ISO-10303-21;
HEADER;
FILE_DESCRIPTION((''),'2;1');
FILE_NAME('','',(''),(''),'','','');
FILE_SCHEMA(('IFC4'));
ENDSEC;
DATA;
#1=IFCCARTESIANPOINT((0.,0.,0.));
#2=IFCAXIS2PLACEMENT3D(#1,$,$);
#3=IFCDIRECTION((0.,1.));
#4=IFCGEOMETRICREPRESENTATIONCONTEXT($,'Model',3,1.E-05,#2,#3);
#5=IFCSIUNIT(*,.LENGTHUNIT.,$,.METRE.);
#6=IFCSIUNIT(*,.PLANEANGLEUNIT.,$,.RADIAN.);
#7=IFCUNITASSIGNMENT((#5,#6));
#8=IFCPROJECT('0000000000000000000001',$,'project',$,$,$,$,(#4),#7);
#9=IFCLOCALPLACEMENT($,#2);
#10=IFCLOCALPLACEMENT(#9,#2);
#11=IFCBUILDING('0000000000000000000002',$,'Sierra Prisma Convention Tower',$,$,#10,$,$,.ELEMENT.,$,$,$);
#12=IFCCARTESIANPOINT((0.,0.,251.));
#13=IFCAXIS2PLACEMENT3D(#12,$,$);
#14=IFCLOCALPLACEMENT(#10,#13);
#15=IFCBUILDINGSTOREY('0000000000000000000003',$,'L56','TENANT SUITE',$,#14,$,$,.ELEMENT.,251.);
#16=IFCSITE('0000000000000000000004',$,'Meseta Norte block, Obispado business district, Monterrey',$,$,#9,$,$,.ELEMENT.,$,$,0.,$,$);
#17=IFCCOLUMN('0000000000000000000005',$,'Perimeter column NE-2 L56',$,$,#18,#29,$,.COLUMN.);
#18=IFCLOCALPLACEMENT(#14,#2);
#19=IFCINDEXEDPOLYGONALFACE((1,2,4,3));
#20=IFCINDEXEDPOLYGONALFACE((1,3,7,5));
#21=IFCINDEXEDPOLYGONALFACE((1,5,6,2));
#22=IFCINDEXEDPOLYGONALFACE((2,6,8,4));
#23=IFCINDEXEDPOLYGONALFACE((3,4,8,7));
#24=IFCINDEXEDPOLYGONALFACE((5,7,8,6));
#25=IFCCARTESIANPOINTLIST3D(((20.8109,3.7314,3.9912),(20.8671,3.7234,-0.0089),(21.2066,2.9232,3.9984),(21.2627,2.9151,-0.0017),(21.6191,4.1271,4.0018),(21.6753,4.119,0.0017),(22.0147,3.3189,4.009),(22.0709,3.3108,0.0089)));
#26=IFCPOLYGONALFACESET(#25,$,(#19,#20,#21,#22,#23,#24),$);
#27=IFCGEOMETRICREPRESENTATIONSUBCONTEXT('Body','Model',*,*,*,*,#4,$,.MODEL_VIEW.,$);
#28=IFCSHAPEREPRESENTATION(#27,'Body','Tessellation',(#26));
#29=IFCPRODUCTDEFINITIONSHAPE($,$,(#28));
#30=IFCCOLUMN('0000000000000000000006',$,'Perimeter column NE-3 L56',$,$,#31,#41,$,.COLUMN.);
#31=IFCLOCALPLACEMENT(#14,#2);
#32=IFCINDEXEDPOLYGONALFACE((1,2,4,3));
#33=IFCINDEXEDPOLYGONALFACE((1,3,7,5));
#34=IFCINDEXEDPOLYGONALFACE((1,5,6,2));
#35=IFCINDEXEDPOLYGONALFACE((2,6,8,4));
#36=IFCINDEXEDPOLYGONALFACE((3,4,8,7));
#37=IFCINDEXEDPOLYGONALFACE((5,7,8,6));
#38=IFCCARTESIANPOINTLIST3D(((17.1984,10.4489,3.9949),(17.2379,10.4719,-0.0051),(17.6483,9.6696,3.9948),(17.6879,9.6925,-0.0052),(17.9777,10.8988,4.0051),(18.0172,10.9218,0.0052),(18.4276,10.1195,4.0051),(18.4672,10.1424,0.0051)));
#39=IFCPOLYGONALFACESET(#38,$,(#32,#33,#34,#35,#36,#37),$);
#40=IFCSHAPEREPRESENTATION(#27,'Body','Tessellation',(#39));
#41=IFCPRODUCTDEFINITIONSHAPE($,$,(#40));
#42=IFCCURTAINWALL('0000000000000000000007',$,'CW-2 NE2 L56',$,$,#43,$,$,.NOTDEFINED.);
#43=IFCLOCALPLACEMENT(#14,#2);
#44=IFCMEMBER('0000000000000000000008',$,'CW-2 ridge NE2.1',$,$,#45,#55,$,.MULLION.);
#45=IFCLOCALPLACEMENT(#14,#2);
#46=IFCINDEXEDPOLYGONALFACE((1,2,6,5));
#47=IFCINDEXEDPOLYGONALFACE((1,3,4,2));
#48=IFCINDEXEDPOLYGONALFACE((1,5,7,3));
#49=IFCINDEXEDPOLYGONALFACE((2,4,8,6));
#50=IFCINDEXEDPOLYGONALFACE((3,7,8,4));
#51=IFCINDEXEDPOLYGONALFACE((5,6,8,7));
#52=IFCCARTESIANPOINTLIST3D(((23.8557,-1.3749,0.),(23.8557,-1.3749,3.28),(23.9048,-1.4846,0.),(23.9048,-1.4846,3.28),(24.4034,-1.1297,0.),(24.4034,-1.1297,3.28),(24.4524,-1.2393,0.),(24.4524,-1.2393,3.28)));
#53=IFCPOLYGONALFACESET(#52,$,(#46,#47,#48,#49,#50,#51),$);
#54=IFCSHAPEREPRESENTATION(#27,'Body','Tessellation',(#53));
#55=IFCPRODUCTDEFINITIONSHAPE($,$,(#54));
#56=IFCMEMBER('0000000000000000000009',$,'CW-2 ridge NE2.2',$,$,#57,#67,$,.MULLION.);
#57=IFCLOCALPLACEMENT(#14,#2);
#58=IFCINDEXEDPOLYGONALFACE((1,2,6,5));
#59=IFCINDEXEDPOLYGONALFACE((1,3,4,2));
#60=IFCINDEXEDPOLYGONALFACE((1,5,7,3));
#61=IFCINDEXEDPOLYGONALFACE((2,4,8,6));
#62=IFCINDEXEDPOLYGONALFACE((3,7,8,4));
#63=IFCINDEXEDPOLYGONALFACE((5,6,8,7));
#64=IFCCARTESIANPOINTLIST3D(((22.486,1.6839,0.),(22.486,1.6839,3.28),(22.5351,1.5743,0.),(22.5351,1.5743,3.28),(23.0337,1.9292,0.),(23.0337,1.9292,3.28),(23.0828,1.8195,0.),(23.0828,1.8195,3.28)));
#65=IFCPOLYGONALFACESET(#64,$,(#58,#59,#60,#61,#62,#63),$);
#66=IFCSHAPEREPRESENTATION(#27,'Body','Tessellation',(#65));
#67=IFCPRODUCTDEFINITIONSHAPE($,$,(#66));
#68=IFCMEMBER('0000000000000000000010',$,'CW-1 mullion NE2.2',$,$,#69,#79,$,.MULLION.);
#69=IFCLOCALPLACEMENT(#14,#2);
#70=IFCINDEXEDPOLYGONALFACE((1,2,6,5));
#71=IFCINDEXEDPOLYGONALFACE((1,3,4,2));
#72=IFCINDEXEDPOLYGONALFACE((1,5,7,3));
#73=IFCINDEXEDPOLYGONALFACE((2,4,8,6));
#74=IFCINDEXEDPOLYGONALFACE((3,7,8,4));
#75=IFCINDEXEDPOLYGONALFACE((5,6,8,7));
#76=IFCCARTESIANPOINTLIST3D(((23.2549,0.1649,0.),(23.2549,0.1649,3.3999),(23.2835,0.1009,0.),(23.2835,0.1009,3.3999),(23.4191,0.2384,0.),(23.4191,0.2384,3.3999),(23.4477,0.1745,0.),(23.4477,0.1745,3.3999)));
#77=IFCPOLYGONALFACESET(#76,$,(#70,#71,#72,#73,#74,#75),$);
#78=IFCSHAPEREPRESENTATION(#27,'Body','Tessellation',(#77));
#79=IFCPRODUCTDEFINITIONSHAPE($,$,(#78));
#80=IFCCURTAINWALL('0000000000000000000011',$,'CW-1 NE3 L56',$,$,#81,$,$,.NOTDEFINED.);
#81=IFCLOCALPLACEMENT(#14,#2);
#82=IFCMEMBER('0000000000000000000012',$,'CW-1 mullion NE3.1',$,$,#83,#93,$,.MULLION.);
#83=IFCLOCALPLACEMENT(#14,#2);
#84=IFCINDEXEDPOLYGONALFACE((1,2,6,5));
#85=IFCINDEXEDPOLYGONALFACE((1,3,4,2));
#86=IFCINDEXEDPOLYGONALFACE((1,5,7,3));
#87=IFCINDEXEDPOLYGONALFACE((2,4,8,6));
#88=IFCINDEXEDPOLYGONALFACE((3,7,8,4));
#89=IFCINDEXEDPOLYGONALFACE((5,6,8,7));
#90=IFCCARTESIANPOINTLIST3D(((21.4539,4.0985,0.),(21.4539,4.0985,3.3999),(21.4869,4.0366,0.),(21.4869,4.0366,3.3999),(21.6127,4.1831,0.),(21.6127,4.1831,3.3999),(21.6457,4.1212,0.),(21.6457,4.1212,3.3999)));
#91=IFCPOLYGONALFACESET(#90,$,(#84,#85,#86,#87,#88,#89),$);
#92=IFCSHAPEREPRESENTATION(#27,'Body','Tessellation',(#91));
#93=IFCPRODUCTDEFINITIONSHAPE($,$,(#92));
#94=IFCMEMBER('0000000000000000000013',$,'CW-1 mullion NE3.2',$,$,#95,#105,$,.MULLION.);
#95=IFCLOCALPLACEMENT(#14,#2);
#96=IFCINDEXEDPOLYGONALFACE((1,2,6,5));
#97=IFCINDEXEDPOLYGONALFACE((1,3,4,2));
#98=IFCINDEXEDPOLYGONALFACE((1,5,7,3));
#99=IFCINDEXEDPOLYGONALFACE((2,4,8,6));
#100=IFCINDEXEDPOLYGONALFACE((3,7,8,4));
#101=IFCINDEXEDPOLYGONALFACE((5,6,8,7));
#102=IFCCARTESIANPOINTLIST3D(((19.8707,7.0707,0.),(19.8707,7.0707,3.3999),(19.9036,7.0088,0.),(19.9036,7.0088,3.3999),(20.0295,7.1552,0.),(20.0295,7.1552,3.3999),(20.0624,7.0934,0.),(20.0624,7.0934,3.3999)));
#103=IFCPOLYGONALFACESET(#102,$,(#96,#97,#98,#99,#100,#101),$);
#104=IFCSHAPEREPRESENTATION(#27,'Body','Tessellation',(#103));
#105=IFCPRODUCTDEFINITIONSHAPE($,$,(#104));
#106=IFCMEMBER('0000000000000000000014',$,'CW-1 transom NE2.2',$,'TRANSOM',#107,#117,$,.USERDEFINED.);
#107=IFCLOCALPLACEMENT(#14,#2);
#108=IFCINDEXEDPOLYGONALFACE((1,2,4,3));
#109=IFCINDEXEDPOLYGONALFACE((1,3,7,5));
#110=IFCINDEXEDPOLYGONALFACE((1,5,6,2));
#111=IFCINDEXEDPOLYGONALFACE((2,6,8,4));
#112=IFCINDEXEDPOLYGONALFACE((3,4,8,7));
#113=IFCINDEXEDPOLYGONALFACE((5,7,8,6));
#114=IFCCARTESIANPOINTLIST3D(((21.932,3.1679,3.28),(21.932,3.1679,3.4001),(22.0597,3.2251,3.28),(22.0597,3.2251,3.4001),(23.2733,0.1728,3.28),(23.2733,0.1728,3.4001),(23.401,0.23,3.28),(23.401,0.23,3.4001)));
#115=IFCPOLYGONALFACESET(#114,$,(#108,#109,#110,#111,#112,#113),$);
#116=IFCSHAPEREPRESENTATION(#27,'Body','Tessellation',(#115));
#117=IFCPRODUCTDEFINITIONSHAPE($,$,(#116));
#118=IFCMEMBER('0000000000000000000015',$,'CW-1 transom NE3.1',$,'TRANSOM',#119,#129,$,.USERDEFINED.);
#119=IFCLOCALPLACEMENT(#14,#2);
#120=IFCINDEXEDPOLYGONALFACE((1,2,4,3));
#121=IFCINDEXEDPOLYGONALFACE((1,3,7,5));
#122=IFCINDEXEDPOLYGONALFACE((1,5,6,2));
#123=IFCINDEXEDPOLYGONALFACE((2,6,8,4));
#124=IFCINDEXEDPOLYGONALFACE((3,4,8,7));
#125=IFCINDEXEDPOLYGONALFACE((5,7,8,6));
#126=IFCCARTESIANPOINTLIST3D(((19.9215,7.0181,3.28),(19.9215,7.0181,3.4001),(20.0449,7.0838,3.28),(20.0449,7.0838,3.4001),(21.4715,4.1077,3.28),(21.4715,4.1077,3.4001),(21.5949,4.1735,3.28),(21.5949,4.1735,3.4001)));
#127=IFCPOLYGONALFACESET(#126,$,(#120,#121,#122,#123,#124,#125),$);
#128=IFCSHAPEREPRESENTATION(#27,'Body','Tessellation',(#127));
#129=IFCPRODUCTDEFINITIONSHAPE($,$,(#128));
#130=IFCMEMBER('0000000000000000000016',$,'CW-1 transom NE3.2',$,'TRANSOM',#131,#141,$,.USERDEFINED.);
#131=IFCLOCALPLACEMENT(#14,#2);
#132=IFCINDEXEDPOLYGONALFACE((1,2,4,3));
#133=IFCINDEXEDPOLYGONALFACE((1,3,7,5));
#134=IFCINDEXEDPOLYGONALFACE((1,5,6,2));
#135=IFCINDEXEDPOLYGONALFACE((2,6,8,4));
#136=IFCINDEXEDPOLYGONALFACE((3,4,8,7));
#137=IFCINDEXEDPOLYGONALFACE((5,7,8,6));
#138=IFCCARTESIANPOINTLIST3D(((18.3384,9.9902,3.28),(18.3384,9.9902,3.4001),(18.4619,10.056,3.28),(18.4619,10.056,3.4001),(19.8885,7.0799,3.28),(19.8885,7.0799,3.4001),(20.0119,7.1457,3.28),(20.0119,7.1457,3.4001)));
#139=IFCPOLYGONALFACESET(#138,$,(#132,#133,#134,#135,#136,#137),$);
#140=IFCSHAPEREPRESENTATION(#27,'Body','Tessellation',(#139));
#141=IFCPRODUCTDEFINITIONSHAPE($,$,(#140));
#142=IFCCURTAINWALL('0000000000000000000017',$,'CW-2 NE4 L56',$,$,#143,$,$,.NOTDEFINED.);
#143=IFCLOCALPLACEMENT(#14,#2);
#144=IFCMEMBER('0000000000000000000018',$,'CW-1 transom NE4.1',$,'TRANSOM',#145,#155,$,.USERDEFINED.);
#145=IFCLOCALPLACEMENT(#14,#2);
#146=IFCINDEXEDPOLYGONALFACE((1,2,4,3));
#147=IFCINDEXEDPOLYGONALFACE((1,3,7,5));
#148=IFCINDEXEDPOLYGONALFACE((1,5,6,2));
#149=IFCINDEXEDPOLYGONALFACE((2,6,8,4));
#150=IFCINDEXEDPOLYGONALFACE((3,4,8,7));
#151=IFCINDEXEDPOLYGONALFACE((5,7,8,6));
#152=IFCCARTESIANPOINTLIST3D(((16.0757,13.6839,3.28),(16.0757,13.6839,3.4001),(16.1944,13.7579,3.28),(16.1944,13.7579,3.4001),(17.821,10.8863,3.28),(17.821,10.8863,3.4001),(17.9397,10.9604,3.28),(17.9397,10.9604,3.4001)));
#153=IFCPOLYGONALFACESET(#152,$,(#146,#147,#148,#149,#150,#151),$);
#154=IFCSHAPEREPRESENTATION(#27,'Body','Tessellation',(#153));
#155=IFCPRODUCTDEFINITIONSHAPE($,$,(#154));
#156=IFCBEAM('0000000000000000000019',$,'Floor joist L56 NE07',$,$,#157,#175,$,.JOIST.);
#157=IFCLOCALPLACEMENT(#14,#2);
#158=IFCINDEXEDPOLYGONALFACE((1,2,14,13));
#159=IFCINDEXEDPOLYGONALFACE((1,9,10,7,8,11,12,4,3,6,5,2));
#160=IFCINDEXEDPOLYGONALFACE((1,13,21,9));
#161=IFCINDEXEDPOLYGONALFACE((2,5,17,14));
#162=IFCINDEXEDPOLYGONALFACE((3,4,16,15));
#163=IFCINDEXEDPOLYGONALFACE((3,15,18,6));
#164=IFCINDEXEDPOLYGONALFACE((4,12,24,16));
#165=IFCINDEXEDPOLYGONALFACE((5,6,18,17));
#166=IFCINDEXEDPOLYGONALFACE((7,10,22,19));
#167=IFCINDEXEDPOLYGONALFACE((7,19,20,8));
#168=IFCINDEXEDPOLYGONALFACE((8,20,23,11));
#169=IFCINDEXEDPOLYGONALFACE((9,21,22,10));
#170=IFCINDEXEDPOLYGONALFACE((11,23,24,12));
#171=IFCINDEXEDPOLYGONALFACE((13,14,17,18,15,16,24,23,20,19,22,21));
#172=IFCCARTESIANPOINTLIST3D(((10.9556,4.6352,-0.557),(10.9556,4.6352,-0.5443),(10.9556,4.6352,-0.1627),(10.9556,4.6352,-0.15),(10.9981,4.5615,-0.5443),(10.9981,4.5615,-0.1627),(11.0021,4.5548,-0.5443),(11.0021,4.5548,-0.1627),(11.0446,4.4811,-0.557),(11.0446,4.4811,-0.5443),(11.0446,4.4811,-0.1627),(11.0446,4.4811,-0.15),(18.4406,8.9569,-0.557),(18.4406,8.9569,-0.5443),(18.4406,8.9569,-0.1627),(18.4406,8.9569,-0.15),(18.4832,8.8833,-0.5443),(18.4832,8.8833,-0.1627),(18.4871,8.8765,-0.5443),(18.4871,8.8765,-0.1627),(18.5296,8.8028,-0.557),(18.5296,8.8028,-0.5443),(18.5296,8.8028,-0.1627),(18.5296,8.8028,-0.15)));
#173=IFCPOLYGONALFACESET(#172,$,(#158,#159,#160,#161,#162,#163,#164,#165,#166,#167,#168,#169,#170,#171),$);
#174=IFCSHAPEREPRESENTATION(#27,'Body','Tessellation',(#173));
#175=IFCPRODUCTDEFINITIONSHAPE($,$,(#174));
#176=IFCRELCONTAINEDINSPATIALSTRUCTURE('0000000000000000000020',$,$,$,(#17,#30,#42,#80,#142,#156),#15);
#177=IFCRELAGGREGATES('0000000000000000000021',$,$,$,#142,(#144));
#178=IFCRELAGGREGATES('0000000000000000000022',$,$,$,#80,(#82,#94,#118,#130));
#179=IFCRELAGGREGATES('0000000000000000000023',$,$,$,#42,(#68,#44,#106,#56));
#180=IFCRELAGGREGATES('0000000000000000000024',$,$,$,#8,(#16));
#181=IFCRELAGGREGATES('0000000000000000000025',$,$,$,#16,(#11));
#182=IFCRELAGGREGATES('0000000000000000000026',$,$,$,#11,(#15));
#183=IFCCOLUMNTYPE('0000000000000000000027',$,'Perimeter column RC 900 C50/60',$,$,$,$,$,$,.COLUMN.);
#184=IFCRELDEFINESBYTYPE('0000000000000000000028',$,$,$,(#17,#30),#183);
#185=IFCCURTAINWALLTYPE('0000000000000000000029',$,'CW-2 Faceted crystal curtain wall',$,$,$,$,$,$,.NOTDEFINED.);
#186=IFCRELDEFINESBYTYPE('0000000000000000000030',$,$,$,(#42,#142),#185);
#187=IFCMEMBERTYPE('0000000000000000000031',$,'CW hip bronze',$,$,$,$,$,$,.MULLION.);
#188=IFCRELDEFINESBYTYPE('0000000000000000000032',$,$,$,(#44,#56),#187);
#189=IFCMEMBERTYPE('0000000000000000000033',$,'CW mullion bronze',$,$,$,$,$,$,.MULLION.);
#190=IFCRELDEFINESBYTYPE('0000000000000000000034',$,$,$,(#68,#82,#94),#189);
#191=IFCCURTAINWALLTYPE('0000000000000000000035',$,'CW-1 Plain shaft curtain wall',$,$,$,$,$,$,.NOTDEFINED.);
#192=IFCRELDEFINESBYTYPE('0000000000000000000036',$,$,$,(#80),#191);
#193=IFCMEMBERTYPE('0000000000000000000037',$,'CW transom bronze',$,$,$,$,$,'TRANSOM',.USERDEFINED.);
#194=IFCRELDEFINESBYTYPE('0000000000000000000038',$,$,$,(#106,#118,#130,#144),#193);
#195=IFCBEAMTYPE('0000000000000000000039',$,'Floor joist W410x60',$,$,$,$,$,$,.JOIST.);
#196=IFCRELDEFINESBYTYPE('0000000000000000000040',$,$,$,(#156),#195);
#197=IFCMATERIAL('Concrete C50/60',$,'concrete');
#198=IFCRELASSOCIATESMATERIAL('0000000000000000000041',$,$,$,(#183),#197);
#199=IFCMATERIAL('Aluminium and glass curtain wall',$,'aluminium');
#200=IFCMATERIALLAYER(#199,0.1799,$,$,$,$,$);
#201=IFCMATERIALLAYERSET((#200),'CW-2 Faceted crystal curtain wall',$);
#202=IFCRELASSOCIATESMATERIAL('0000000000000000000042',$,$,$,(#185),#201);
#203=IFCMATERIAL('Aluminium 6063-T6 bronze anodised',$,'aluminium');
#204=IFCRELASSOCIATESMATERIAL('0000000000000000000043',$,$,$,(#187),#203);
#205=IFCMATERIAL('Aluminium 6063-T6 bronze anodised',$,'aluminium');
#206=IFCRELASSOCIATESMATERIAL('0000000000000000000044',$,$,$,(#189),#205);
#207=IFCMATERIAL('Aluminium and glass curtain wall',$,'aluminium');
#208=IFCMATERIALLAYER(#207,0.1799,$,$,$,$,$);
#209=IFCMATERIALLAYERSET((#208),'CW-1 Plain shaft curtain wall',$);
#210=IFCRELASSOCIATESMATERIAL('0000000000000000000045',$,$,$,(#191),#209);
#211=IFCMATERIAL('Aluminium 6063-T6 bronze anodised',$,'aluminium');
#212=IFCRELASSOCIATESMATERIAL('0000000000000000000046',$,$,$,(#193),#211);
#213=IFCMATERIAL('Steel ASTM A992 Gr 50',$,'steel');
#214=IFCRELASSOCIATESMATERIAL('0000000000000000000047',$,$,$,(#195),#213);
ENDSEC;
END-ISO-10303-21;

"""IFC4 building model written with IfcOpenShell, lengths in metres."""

from ifc_helpers import new_model, si_unit, direction, frame, origin, origin_2d, place, context, subcontext, project, spatial, rectangle, i_section, extrude, material, layer, layer_set, material_profile, profile_set, type_object, element, aggregate, save


model = new_model("IFC4")

# Units and contexts
model_context = context("Model", 3, precision=1e-05, world=origin(), true_north=direction((0.0, 1.0)))
body_context = subcontext(model_context, "Body", "Model", "MODEL_VIEW")
ifc_project = project(units=[si_unit("LENGTHUNIT", "METRE"), si_unit("PLANEANGLEUNIT", "RADIAN")], contexts=[model_context])

# Site, building, storey
site_placement = place(None, origin())
site = spatial("IfcSite", under=ifc_project, at=site_placement, Name="Meseta Norte block, Obispado business district, Monterrey", CompositionType="ELEMENT", RefElevation=0.0)
building_placement = place(site_placement, origin())
building = spatial("IfcBuilding", under=site, at=building_placement, Name="Sierra Prisma Convention Tower", CompositionType="ELEMENT")
storey_placement = place(building_placement, frame((0.0, 0.0, 251.0)))
storey = spatial("IfcBuildingStorey", under=building, at=storey_placement, Name="L56", Description="TENANT SUITE", CompositionType="ELEMENT", Elevation=251.0)

# Columns
ifc_material_1 = material(Name="Concrete C50/60", Category="concrete")
ifc_material_profile_1 = material_profile(ifc_material_1, rectangle(XDim=0.8999, YDim=0.8999, at=origin_2d()), Name="Perimeter column RC 900 C50/60")
ifc_profile_set_1 = profile_set([ifc_material_profile_1], Name="Concrete C50/60")
column_type = type_object("IfcColumnType", Name="Perimeter column RC 900 C50/60", PredefinedType="COLUMN", material=ifc_profile_set_1)
column_1_placement = place(storey_placement, frame((21.469, 3.5171, 0.0), z_axis=(-0.014037, 0.002014, 0.999899), x_axis=(-0.439615, 0.898151, -0.00798)))
element("IfcColumn", 1, at=column_1_placement, inside=storey, type_object=column_type, Name="Perimeter column NE-2 L56", PredefinedType="COLUMN", context=body_context, shape_type="SweptSolid", body=[
    extrude(rectangle(XDim=0.8999, YDim=0.8999, at=origin_2d()), origin(), (0.0, 0.0, 1.0), 4.0005),
])
column_2_placement = place(storey_placement, frame((17.8525, 10.3071, 0.0), z_axis=(-0.009887, -0.005737, 0.999935), x_axis=(-0.499976, 0.86604, 0.000025)))
element("IfcColumn", 2, at=column_2_placement, inside=storey, type_object=column_type, Name="Perimeter column NE-3 L56", PredefinedType="COLUMN", context=body_context, shape_type="SweptSolid", body=[
    extrude(rectangle(XDim=0.8999, YDim=0.8999, at=origin_2d()), origin(), (0.0, 0.0, 1.0), 4.0002),
])

# Curtain walls, members
ifc_material_2 = material(Name="Aluminium and glass curtain wall", Category="aluminium")
ifc_layer_1 = layer(ifc_material_2, 0.1799)
ifc_layer_set_1 = layer_set([ifc_layer_1], Name="CW-2 Faceted crystal curtain wall")
curtain_wall_type_1 = type_object("IfcCurtainWallType", Name="CW-2 Faceted crystal curtain wall", PredefinedType="NOTDEFINED", material=ifc_layer_set_1)
curtain_wall_1_placement = place(storey_placement, origin())
curtain_wall_1 = element("IfcCurtainWall", 3, at=curtain_wall_1_placement, inside=storey, type_object=curtain_wall_type_1, Name="CW-2 NE2 L56", PredefinedType="NOTDEFINED")
ifc_material_3 = material(Name="Aluminium 6063-T6 bronze anodised", Category="aluminium")
ifc_material_profile_2 = material_profile(ifc_material_3, rectangle(XDim=0.1201, YDim=0.6001, at=origin_2d()), Name="ALU RIDGE BLADE 120x600")
ifc_profile_set_2 = profile_set([ifc_material_profile_2], Name="Aluminium 6063-T6 bronze anodised")
member_type_1 = type_object("IfcMemberType", Name="CW hip bronze", PredefinedType="MULLION", material=ifc_profile_set_2)
member_1_placement = place(storey_placement, frame((24.1541, -1.3071, 0.0), z_axis=(0.0, 0.0, 1.0), x_axis=(-0.408698, 0.912669, 0.0)))
member_1 = element("IfcMember", 4, at=member_1_placement, type_object=member_type_1, Name="CW-2 ridge NE2.1", PredefinedType="MULLION", context=body_context, shape_type="SweptSolid", body=[
    extrude(rectangle(XDim=0.1201, YDim=0.6001, at=origin_2d()), origin(), (0.0, 0.0, 1.0), 3.28),
])
member_2_placement = place(storey_placement, frame((22.7844, 1.7517, 0.0), z_axis=(0.0, 0.0, 1.0), x_axis=(-0.408698, 0.912669, 0.0)))
member_2 = element("IfcMember", 5, at=member_2_placement, type_object=member_type_1, Name="CW-2 ridge NE2.2", PredefinedType="MULLION", context=body_context, shape_type="SweptSolid", body=[
    extrude(rectangle(XDim=0.1201, YDim=0.6001, at=origin_2d()), origin(), (0.0, 0.0, 1.0), 3.28),
])
ifc_material_4 = material(Name="Aluminium 6063-T6 bronze anodised", Category="aluminium")
ifc_material_profile_3 = material_profile(ifc_material_4, rectangle(XDim=0.1799, YDim=0.0701, at=origin_2d()), Name="ALU MULLION 70x180")
ifc_profile_set_3 = profile_set([ifc_material_profile_3], Name="Aluminium 6063-T6 bronze anodised")
member_type_2 = type_object("IfcMemberType", Name="CW mullion bronze", PredefinedType="MULLION", material=ifc_profile_set_3)
member_3_placement = place(storey_placement, frame((23.3513, 0.1697, 0.0), z_axis=(0.0, 0.0, 1.0), x_axis=(-0.912669, -0.408698, 0.0)))
member_3 = element("IfcMember", 6, at=member_3_placement, type_object=member_type_2, Name="CW-1 mullion NE2.2", PredefinedType="MULLION", context=body_context, shape_type="SweptSolid", body=[
    extrude(rectangle(XDim=0.1799, YDim=0.0701, at=origin_2d()), origin(), (0.0, 0.0, 1.0), 3.3999),
])
ifc_material_5 = material(Name="Aluminium and glass curtain wall", Category="aluminium")
ifc_layer_2 = layer(ifc_material_5, 0.1799)
ifc_layer_set_2 = layer_set([ifc_layer_2], Name="CW-1 Plain shaft curtain wall")
curtain_wall_type_2 = type_object("IfcCurtainWallType", Name="CW-1 Plain shaft curtain wall", PredefinedType="NOTDEFINED", material=ifc_layer_set_2)
curtain_wall_2_placement = place(storey_placement, origin())
curtain_wall_2 = element("IfcCurtainWall", 7, at=curtain_wall_2_placement, inside=storey, type_object=curtain_wall_type_2, Name="CW-1 NE3 L56", PredefinedType="NOTDEFINED")
member_4_placement = place(storey_placement, frame((21.5498, 4.1099, 0.0), z_axis=(0.0, 0.0, 1.0), x_axis=(-0.882611, -0.470104, 0.0)))
member_4 = element("IfcMember", 8, at=member_4_placement, type_object=member_type_2, Name="CW-1 mullion NE3.1", PredefinedType="MULLION", context=body_context, shape_type="SweptSolid", body=[
    extrude(rectangle(XDim=0.1799, YDim=0.0701, at=origin_2d()), origin(), (0.0, 0.0, 1.0), 3.3999),
])
member_5_placement = place(storey_placement, frame((19.9666, 7.082, 0.0), z_axis=(0.0, 0.0, 1.0), x_axis=(-0.882611, -0.470104, 0.0)))
member_5 = element("IfcMember", 9, at=member_5_placement, type_object=member_type_2, Name="CW-1 mullion NE3.2", PredefinedType="MULLION", context=body_context, shape_type="SweptSolid", body=[
    extrude(rectangle(XDim=0.1799, YDim=0.0701, at=origin_2d()), origin(), (0.0, 0.0, 1.0), 3.3999),
])

# Members
ifc_material_6 = material(Name="Aluminium 6063-T6 bronze anodised", Category="aluminium")
ifc_material_profile_4 = material_profile(ifc_material_6, rectangle(XDim=0.1399, YDim=0.1201, at=origin_2d()), Name="ALU TRANSOM 120x140")
ifc_profile_set_4 = profile_set([ifc_material_profile_4], Name="Aluminium 6063-T6 bronze anodised")
member_type_3 = type_object("IfcMemberType", Name="CW transom bronze", ElementType="TRANSOM", PredefinedType="USERDEFINED", material=ifc_profile_set_4)
member_6_placement = place(storey_placement, frame((23.3372, 0.2014, 3.3401), z_axis=(-0.408718, 0.912661, 0.0), x_axis=(-0.912661, -0.408718, 0.0)))
member_6 = element("IfcMember", 10, at=member_6_placement, type_object=member_type_3, Name="CW-1 transom NE2.2", ObjectType="TRANSOM", PredefinedType="USERDEFINED", context=body_context, shape_type="SweptSolid", body=[
    extrude(rectangle(XDim=0.1399, YDim=0.1201, at=origin_2d()), origin(), (0.0, 0.0, 1.0), 3.2817),
])
member_7_placement = place(storey_placement, frame((21.5332, 4.1406, 3.3401), z_axis=(-0.470077, 0.882625, 0.0), x_axis=(-0.882625, -0.470077, 0.0)))
member_7 = element("IfcMember", 11, at=member_7_placement, type_object=member_type_3, Name="CW-1 transom NE3.1", ObjectType="TRANSOM", PredefinedType="USERDEFINED", context=body_context, shape_type="SweptSolid", body=[
    extrude(rectangle(XDim=0.1399, YDim=0.1201, at=origin_2d()), origin(), (0.0, 0.0, 1.0), 3.2974),
])
member_8_placement = place(storey_placement, frame((19.9502, 7.1128, 3.3401), z_axis=(-0.470077, 0.882625, 0.0), x_axis=(-0.882625, -0.470077, 0.0)))
member_8 = element("IfcMember", 12, at=member_8_placement, type_object=member_type_3, Name="CW-1 transom NE3.2", ObjectType="TRANSOM", PredefinedType="USERDEFINED", context=body_context, shape_type="SweptSolid", body=[
    extrude(rectangle(XDim=0.1399, YDim=0.1201, at=origin_2d()), origin(), (0.0, 0.0, 1.0), 3.2974),
])

# Curtain wall, member
curtain_wall_3_placement = place(storey_placement, origin())
curtain_wall_3 = element("IfcCurtainWall", 13, at=curtain_wall_3_placement, inside=storey, type_object=curtain_wall_type_1, Name="CW-2 NE4 L56", PredefinedType="NOTDEFINED")
member_9_placement = place(storey_placement, frame((17.8804, 10.9233, 3.3401), z_axis=(-0.529313, 0.848426, 0.0), x_axis=(-0.848426, -0.529313, 0.0)))
member_9 = element("IfcMember", 14, at=member_9_placement, type_object=member_type_3, Name="CW-1 transom NE4.1", ObjectType="TRANSOM", PredefinedType="USERDEFINED", context=body_context, shape_type="SweptSolid", body=[
    extrude(rectangle(XDim=0.1399, YDim=0.1201, at=origin_2d()), origin(), (0.0, 0.0, 1.0), 3.2974),
])
aggregate(curtain_wall_3, [member_9])

# Beam
ifc_material_7 = material(Name="Steel ASTM A992 Gr 50", Category="steel")
ifc_material_profile_5 = material_profile(ifc_material_7, i_section(OverallWidth=0.178, OverallDepth=0.407, WebThickness=0.0078, FlangeThickness=0.0127, at=origin_2d()), Name="W410x60")
ifc_profile_set_5 = profile_set([ifc_material_profile_5], Name="Steel ASTM A992 Gr 50")
beam_type_1 = type_object("IfcBeamType", Name="Floor joist W410x60", PredefinedType="JOIST", material=ifc_profile_set_5)
beam_1_placement = place(storey_placement, frame((18.4851, 8.8799, -0.3535), z_axis=(-0.866013, -0.500022, 0.0), x_axis=(0.500022, -0.866013, 0.0)))
element("IfcBeam", 15, at=beam_1_placement, inside=storey, type_object=beam_type_1, Name="Floor joist L56 NE07", PredefinedType="JOIST", context=body_context, shape_type="SweptSolid", body=[
    extrude(i_section(OverallWidth=0.178, OverallDepth=0.407, WebThickness=0.0078, FlangeThickness=0.0127, at=origin_2d()), origin(), (0.0, 0.0, 1.0), 8.6431),
])

aggregate(curtain_wall_2, [member_4, member_5, member_7, member_8])
aggregate(curtain_wall_1, [member_3, member_1, member_6, member_2])

save(model, "model.ifc")
